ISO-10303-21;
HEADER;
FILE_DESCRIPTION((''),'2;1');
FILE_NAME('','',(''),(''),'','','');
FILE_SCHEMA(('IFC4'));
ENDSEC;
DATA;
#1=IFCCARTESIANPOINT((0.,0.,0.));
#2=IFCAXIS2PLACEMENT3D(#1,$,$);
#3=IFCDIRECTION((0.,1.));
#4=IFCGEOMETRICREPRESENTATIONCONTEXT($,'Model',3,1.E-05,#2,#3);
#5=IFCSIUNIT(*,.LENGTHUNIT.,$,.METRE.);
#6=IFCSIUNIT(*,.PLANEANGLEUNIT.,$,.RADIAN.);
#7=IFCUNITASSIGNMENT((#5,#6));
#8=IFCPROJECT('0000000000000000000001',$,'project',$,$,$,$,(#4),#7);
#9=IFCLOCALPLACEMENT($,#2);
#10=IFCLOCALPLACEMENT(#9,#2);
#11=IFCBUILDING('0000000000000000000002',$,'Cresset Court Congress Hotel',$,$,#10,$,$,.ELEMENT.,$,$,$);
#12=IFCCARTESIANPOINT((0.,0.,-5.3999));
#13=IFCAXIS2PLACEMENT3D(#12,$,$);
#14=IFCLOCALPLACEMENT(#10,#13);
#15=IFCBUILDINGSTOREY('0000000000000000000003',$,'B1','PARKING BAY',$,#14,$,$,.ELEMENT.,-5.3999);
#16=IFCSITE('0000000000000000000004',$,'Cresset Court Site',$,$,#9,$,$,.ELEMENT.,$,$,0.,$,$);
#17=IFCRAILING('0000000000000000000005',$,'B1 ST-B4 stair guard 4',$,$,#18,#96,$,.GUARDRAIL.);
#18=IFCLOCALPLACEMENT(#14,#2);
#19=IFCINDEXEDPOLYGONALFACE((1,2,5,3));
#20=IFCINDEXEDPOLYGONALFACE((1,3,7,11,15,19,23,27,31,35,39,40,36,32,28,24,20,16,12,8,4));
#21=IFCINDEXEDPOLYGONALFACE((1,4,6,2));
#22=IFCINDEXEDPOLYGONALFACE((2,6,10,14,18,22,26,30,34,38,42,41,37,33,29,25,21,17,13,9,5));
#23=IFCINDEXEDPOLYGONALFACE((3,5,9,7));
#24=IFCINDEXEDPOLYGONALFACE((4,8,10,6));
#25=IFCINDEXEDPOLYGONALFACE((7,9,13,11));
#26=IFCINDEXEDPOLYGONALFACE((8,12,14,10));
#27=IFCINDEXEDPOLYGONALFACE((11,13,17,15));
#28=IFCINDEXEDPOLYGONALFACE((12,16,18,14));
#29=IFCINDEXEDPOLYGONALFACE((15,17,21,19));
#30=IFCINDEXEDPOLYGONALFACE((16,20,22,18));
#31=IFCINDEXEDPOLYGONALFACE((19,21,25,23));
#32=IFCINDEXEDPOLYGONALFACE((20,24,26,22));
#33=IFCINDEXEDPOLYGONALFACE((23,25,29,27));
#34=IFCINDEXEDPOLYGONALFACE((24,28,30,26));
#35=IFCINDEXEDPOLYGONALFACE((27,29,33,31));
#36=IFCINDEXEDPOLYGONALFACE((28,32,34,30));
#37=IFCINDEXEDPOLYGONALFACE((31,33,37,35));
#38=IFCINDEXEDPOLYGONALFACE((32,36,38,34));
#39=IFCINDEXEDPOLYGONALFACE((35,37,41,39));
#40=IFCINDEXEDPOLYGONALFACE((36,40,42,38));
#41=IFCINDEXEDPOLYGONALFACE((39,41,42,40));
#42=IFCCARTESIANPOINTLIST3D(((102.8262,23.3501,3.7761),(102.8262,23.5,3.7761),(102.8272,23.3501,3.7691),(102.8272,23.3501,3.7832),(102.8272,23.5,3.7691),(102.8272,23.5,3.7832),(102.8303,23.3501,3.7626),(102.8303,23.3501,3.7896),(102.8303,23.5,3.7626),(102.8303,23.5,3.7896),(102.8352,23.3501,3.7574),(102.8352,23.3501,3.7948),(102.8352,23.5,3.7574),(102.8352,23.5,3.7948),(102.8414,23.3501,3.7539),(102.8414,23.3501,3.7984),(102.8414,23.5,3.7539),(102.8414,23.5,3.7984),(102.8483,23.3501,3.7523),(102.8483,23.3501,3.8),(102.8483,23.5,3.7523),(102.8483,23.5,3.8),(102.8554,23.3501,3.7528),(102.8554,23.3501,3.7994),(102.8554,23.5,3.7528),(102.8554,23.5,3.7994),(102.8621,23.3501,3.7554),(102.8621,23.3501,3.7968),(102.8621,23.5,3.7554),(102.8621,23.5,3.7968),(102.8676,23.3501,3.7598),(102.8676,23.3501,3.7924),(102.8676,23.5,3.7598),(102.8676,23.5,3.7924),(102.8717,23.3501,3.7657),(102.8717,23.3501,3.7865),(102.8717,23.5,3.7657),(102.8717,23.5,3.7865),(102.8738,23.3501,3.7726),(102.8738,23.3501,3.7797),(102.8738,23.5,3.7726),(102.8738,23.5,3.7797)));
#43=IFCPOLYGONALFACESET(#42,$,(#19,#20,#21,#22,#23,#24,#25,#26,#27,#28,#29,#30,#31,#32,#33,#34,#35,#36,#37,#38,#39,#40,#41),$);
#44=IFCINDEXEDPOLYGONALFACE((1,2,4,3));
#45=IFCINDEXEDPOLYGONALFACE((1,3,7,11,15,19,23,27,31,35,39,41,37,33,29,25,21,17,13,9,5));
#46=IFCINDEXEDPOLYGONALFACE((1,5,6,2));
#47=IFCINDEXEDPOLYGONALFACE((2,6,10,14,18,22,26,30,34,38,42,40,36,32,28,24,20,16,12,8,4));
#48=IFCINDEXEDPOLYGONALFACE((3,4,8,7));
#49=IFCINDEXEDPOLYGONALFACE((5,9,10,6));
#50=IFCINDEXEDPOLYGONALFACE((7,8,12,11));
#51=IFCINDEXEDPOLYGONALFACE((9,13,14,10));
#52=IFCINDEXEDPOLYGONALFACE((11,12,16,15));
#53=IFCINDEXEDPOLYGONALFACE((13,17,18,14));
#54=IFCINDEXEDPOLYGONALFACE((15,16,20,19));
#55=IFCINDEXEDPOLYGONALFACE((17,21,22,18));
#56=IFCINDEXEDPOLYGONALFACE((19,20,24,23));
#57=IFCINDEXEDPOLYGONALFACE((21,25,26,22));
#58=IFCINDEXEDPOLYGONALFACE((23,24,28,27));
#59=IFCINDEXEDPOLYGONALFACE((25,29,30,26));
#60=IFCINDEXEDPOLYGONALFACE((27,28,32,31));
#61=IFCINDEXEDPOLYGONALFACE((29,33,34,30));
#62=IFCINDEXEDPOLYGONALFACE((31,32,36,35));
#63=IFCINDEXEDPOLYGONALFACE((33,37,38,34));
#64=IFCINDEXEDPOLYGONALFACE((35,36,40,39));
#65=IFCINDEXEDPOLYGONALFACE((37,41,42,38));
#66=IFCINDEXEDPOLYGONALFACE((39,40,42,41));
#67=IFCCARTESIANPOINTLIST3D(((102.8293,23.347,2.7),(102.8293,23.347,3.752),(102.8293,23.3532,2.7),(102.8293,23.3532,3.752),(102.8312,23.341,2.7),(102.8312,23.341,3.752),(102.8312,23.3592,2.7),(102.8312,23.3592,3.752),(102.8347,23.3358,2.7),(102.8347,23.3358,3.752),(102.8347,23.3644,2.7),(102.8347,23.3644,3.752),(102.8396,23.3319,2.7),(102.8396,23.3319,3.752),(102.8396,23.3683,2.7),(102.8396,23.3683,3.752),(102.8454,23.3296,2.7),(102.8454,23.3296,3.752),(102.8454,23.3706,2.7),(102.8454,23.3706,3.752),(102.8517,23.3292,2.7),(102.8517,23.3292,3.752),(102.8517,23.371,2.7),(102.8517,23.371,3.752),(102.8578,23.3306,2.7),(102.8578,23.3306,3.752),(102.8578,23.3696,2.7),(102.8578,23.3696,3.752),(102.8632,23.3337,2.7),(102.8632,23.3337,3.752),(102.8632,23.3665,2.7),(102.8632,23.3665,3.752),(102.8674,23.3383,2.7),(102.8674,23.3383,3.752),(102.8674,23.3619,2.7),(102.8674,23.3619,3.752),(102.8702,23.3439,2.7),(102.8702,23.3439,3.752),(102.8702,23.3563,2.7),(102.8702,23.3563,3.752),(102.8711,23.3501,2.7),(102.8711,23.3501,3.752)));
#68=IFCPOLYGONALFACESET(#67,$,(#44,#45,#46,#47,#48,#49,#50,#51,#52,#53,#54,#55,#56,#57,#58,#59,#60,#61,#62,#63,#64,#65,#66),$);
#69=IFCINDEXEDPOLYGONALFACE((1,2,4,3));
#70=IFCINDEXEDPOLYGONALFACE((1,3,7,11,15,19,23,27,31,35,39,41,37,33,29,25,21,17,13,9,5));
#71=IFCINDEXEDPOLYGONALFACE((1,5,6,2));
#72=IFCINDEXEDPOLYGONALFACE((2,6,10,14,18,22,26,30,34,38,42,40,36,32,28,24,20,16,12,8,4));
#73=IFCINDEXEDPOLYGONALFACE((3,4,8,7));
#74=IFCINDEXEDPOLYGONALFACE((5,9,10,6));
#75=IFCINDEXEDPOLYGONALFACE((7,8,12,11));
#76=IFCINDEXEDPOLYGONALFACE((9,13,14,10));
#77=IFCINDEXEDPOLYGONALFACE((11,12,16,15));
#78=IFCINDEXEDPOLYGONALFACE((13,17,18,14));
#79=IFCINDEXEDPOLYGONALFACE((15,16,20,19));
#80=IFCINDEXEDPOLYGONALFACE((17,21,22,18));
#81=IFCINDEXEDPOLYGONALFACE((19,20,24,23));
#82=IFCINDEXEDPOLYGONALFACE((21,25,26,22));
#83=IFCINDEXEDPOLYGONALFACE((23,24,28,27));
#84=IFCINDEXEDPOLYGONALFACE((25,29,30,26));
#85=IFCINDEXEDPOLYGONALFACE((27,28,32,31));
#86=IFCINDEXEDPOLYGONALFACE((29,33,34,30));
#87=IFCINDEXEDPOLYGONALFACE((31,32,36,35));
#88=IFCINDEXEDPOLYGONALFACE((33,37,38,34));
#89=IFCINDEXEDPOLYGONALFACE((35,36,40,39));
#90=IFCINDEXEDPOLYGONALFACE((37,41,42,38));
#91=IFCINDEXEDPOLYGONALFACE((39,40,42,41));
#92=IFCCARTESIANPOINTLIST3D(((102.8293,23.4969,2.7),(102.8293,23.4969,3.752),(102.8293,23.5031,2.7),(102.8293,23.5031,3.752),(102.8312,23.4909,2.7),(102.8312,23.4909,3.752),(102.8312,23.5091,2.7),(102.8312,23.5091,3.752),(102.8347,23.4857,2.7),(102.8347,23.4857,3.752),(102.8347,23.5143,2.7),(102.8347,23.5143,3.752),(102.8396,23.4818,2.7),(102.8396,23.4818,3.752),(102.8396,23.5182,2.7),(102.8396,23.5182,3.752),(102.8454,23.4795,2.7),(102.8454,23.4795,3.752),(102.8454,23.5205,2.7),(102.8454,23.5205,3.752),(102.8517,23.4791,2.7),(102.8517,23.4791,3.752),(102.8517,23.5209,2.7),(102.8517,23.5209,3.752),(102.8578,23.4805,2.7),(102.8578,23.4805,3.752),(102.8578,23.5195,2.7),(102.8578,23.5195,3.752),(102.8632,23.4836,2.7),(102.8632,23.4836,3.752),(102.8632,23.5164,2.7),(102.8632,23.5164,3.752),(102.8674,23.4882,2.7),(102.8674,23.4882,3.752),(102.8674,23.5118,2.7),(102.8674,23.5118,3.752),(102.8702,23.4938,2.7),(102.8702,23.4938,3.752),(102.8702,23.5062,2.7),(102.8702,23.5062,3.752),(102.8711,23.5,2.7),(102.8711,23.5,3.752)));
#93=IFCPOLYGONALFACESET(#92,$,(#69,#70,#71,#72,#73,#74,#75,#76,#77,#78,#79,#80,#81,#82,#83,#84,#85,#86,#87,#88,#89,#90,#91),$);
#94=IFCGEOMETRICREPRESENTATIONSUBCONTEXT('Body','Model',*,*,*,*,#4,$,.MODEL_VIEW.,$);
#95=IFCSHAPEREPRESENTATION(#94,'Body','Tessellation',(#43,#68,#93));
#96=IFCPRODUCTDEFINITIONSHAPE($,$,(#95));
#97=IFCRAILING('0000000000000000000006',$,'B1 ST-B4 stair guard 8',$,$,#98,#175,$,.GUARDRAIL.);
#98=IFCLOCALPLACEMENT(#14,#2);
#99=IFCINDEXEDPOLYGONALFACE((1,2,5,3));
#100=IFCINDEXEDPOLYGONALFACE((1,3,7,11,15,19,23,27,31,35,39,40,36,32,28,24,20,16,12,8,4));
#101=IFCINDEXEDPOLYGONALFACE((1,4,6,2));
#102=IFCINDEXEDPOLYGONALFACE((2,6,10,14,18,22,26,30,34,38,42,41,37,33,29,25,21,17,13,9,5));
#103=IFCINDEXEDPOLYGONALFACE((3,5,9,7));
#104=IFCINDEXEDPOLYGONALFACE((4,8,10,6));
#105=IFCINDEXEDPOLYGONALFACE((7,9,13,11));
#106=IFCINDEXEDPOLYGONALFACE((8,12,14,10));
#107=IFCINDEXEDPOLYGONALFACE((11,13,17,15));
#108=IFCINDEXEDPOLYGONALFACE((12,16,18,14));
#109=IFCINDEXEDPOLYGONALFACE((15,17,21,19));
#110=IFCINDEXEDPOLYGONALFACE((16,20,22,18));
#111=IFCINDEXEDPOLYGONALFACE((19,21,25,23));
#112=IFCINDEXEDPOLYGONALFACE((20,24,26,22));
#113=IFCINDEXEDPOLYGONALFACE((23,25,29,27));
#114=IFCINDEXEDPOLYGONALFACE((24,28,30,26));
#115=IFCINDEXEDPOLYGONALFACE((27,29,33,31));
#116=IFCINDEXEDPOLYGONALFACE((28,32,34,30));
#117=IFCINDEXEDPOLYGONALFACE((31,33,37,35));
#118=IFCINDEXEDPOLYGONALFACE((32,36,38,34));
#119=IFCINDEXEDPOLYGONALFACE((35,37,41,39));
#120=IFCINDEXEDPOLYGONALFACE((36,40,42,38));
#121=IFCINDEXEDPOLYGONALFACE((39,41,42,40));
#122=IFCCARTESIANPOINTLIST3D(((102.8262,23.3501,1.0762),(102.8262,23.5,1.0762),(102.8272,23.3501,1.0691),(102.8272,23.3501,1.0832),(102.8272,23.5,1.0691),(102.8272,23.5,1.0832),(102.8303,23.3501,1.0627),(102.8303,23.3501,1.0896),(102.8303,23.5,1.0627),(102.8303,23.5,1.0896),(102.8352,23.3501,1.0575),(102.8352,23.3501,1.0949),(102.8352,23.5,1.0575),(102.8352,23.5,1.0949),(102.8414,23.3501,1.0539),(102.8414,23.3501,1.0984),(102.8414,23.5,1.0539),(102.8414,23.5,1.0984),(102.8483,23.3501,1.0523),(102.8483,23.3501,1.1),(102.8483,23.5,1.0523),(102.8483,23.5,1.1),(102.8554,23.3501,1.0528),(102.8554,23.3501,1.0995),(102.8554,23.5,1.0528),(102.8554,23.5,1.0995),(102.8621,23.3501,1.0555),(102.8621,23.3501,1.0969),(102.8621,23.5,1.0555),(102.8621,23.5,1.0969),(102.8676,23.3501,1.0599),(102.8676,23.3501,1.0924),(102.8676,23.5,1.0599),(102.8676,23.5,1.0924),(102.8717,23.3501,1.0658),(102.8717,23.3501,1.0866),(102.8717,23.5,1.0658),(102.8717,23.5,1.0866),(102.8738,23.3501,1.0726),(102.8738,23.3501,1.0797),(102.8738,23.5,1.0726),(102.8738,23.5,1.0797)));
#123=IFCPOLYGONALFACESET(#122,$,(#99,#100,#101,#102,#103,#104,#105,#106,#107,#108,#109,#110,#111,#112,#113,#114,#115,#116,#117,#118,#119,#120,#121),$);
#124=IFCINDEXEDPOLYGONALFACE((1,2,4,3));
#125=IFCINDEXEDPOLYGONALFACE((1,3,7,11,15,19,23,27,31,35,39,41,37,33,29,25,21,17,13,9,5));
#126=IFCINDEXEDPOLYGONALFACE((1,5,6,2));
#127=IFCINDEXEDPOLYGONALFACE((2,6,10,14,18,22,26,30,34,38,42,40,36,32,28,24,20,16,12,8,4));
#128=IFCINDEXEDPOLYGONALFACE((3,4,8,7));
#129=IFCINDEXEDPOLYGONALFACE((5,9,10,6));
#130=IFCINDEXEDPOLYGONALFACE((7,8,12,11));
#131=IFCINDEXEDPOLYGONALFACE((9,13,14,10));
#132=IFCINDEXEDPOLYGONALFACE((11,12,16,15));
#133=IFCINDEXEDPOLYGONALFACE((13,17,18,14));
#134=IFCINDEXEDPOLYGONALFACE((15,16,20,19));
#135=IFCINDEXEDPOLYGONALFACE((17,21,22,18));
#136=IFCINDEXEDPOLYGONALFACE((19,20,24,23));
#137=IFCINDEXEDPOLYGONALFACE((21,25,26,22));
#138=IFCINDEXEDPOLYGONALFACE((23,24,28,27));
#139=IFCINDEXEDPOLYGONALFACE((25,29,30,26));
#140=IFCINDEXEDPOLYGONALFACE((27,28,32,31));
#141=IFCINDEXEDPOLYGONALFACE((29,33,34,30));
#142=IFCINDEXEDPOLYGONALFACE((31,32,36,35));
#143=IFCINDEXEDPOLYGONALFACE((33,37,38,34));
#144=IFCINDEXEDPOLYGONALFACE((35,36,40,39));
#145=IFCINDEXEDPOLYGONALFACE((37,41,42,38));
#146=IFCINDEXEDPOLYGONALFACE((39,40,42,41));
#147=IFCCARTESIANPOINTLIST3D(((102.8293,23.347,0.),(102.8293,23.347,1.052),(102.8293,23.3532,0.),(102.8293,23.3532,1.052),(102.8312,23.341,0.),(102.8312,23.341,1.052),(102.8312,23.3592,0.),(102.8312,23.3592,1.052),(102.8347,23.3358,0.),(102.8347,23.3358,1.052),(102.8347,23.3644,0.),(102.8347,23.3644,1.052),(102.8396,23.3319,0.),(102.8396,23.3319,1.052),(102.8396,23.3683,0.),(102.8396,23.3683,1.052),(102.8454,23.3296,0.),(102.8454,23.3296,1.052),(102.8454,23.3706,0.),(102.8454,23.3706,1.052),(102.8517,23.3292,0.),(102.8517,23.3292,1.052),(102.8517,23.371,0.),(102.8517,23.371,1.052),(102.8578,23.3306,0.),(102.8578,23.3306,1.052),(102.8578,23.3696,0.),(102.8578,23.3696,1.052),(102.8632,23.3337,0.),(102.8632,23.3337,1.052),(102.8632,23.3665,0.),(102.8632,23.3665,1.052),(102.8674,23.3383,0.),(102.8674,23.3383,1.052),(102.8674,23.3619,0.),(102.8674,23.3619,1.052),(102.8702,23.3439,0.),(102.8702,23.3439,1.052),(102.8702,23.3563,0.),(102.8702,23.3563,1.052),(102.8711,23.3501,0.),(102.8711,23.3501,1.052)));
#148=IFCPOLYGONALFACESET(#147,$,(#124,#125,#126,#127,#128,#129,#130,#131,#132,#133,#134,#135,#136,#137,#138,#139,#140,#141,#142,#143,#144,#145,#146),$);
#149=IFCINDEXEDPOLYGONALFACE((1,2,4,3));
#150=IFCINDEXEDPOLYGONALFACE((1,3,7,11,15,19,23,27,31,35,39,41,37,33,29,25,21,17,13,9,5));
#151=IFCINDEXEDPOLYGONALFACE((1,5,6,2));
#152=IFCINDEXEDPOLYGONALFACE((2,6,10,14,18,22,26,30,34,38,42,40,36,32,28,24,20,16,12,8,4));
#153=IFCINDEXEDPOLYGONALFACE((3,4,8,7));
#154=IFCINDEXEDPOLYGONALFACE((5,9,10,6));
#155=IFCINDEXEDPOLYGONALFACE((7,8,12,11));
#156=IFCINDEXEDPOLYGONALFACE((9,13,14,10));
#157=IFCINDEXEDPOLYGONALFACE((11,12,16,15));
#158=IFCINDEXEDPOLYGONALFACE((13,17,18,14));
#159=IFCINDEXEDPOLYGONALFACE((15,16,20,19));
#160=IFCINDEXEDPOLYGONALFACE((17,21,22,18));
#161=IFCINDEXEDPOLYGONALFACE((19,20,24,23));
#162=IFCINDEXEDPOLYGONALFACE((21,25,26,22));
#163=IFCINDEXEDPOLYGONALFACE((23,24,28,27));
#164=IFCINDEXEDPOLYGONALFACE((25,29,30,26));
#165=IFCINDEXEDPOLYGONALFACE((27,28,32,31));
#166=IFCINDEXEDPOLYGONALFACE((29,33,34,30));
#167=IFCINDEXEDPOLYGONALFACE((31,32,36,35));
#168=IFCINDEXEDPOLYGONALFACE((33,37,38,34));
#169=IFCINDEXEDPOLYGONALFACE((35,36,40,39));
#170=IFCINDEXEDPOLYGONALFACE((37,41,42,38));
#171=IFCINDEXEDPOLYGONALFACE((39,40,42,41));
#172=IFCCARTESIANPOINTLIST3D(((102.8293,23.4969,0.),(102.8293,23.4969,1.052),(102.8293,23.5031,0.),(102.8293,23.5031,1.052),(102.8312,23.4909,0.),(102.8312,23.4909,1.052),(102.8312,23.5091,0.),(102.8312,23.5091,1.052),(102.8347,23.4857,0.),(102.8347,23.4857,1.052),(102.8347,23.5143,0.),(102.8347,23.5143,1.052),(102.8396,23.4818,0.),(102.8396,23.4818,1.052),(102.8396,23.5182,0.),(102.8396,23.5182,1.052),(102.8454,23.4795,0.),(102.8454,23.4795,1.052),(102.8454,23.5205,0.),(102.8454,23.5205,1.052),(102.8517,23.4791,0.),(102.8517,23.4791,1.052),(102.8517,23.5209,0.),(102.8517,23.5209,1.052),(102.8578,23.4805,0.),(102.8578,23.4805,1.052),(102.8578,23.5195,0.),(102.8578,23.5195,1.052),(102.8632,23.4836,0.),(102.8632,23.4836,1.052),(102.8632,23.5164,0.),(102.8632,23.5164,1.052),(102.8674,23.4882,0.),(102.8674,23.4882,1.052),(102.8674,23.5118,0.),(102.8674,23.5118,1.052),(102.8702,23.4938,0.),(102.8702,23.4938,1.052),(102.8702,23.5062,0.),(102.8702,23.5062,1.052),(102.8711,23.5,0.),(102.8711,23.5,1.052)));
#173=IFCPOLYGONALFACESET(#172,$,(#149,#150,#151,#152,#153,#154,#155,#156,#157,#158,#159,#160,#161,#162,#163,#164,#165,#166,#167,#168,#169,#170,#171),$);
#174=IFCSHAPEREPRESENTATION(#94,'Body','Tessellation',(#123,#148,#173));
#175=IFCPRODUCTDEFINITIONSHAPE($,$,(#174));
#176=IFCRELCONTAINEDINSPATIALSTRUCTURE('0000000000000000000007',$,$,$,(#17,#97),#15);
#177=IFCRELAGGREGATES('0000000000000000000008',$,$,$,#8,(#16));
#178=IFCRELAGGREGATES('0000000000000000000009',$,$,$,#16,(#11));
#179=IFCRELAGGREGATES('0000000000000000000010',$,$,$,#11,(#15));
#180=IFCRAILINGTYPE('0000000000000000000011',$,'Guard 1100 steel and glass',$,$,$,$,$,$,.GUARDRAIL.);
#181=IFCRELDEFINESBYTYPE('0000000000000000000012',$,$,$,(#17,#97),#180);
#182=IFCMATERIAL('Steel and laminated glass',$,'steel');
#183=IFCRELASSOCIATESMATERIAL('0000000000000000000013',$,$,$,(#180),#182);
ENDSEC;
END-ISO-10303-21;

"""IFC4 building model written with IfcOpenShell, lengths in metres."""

from ifc_helpers import new_model, si_unit, direction, frame, origin, origin_2d, place, context, subcontext, project, spatial, circle, extrude, material, type_object, element, save


model = new_model("IFC4")

# Units and contexts
model_context = context("Model", 3, precision=1e-05, world=origin(), true_north=direction((0.0, 1.0)))
body_context = subcontext(model_context, "Body", "Model", "MODEL_VIEW")
ifc_project = project(units=[si_unit("LENGTHUNIT", "METRE"), si_unit("PLANEANGLEUNIT", "RADIAN")], contexts=[model_context])

# Site, building, storey
site_placement = place(None, origin())
site = spatial("IfcSite", under=ifc_project, at=site_placement, Name="Cresset Court Site", CompositionType="ELEMENT", RefElevation=0.0)
building_placement = place(site_placement, origin())
building = spatial("IfcBuilding", under=site, at=building_placement, Name="Cresset Court Congress Hotel", CompositionType="ELEMENT")
storey_placement = place(building_placement, frame((0.0, 0.0, -5.3999)))
storey = spatial("IfcBuildingStorey", under=building, at=storey_placement, Name="B1", Description="PARKING BAY", CompositionType="ELEMENT", Elevation=-5.3999)

# Railings
ifc_material_1 = material(Name="Steel and laminated glass", Category="steel")
railing_type_1 = type_object("IfcRailingType", Name="Guard 1100 steel and glass", PredefinedType="GUARDRAIL", material=ifc_material_1)
for number, where, name in (
    (1, (102.8501, 23.3501, 2.7), "B1 ST-B4 stair guard 4"),
    (2, (102.8501, 23.3501, 0.0), "B1 ST-B4 stair guard 8"),
):
    element("IfcRailing", number, at=place(storey_placement, frame(where)), inside=storey, type_object=railing_type_1, Name=name, PredefinedType="GUARDRAIL", context=body_context, shape_type="SweptSolid", body=[
        extrude(circle(Radius=0.0239, at=origin_2d()), frame((0.0, 0.0, 1.0762), z_axis=(0.0, 1.0, 0.0), x_axis=(-1.0, 0.0, 0.0)), (0.0, 0.0, 1.0), 0.1499),
        extrude(circle(Radius=0.021, at=origin_2d()), origin(), (0.0, 0.0, 1.0), 1.052),
        extrude(circle(Radius=0.021, at=origin_2d()), frame((0.0, 0.1499, 0.0)), (0.0, 0.0, 1.0), 1.052),
    ])

save(model, "model.ifc")
